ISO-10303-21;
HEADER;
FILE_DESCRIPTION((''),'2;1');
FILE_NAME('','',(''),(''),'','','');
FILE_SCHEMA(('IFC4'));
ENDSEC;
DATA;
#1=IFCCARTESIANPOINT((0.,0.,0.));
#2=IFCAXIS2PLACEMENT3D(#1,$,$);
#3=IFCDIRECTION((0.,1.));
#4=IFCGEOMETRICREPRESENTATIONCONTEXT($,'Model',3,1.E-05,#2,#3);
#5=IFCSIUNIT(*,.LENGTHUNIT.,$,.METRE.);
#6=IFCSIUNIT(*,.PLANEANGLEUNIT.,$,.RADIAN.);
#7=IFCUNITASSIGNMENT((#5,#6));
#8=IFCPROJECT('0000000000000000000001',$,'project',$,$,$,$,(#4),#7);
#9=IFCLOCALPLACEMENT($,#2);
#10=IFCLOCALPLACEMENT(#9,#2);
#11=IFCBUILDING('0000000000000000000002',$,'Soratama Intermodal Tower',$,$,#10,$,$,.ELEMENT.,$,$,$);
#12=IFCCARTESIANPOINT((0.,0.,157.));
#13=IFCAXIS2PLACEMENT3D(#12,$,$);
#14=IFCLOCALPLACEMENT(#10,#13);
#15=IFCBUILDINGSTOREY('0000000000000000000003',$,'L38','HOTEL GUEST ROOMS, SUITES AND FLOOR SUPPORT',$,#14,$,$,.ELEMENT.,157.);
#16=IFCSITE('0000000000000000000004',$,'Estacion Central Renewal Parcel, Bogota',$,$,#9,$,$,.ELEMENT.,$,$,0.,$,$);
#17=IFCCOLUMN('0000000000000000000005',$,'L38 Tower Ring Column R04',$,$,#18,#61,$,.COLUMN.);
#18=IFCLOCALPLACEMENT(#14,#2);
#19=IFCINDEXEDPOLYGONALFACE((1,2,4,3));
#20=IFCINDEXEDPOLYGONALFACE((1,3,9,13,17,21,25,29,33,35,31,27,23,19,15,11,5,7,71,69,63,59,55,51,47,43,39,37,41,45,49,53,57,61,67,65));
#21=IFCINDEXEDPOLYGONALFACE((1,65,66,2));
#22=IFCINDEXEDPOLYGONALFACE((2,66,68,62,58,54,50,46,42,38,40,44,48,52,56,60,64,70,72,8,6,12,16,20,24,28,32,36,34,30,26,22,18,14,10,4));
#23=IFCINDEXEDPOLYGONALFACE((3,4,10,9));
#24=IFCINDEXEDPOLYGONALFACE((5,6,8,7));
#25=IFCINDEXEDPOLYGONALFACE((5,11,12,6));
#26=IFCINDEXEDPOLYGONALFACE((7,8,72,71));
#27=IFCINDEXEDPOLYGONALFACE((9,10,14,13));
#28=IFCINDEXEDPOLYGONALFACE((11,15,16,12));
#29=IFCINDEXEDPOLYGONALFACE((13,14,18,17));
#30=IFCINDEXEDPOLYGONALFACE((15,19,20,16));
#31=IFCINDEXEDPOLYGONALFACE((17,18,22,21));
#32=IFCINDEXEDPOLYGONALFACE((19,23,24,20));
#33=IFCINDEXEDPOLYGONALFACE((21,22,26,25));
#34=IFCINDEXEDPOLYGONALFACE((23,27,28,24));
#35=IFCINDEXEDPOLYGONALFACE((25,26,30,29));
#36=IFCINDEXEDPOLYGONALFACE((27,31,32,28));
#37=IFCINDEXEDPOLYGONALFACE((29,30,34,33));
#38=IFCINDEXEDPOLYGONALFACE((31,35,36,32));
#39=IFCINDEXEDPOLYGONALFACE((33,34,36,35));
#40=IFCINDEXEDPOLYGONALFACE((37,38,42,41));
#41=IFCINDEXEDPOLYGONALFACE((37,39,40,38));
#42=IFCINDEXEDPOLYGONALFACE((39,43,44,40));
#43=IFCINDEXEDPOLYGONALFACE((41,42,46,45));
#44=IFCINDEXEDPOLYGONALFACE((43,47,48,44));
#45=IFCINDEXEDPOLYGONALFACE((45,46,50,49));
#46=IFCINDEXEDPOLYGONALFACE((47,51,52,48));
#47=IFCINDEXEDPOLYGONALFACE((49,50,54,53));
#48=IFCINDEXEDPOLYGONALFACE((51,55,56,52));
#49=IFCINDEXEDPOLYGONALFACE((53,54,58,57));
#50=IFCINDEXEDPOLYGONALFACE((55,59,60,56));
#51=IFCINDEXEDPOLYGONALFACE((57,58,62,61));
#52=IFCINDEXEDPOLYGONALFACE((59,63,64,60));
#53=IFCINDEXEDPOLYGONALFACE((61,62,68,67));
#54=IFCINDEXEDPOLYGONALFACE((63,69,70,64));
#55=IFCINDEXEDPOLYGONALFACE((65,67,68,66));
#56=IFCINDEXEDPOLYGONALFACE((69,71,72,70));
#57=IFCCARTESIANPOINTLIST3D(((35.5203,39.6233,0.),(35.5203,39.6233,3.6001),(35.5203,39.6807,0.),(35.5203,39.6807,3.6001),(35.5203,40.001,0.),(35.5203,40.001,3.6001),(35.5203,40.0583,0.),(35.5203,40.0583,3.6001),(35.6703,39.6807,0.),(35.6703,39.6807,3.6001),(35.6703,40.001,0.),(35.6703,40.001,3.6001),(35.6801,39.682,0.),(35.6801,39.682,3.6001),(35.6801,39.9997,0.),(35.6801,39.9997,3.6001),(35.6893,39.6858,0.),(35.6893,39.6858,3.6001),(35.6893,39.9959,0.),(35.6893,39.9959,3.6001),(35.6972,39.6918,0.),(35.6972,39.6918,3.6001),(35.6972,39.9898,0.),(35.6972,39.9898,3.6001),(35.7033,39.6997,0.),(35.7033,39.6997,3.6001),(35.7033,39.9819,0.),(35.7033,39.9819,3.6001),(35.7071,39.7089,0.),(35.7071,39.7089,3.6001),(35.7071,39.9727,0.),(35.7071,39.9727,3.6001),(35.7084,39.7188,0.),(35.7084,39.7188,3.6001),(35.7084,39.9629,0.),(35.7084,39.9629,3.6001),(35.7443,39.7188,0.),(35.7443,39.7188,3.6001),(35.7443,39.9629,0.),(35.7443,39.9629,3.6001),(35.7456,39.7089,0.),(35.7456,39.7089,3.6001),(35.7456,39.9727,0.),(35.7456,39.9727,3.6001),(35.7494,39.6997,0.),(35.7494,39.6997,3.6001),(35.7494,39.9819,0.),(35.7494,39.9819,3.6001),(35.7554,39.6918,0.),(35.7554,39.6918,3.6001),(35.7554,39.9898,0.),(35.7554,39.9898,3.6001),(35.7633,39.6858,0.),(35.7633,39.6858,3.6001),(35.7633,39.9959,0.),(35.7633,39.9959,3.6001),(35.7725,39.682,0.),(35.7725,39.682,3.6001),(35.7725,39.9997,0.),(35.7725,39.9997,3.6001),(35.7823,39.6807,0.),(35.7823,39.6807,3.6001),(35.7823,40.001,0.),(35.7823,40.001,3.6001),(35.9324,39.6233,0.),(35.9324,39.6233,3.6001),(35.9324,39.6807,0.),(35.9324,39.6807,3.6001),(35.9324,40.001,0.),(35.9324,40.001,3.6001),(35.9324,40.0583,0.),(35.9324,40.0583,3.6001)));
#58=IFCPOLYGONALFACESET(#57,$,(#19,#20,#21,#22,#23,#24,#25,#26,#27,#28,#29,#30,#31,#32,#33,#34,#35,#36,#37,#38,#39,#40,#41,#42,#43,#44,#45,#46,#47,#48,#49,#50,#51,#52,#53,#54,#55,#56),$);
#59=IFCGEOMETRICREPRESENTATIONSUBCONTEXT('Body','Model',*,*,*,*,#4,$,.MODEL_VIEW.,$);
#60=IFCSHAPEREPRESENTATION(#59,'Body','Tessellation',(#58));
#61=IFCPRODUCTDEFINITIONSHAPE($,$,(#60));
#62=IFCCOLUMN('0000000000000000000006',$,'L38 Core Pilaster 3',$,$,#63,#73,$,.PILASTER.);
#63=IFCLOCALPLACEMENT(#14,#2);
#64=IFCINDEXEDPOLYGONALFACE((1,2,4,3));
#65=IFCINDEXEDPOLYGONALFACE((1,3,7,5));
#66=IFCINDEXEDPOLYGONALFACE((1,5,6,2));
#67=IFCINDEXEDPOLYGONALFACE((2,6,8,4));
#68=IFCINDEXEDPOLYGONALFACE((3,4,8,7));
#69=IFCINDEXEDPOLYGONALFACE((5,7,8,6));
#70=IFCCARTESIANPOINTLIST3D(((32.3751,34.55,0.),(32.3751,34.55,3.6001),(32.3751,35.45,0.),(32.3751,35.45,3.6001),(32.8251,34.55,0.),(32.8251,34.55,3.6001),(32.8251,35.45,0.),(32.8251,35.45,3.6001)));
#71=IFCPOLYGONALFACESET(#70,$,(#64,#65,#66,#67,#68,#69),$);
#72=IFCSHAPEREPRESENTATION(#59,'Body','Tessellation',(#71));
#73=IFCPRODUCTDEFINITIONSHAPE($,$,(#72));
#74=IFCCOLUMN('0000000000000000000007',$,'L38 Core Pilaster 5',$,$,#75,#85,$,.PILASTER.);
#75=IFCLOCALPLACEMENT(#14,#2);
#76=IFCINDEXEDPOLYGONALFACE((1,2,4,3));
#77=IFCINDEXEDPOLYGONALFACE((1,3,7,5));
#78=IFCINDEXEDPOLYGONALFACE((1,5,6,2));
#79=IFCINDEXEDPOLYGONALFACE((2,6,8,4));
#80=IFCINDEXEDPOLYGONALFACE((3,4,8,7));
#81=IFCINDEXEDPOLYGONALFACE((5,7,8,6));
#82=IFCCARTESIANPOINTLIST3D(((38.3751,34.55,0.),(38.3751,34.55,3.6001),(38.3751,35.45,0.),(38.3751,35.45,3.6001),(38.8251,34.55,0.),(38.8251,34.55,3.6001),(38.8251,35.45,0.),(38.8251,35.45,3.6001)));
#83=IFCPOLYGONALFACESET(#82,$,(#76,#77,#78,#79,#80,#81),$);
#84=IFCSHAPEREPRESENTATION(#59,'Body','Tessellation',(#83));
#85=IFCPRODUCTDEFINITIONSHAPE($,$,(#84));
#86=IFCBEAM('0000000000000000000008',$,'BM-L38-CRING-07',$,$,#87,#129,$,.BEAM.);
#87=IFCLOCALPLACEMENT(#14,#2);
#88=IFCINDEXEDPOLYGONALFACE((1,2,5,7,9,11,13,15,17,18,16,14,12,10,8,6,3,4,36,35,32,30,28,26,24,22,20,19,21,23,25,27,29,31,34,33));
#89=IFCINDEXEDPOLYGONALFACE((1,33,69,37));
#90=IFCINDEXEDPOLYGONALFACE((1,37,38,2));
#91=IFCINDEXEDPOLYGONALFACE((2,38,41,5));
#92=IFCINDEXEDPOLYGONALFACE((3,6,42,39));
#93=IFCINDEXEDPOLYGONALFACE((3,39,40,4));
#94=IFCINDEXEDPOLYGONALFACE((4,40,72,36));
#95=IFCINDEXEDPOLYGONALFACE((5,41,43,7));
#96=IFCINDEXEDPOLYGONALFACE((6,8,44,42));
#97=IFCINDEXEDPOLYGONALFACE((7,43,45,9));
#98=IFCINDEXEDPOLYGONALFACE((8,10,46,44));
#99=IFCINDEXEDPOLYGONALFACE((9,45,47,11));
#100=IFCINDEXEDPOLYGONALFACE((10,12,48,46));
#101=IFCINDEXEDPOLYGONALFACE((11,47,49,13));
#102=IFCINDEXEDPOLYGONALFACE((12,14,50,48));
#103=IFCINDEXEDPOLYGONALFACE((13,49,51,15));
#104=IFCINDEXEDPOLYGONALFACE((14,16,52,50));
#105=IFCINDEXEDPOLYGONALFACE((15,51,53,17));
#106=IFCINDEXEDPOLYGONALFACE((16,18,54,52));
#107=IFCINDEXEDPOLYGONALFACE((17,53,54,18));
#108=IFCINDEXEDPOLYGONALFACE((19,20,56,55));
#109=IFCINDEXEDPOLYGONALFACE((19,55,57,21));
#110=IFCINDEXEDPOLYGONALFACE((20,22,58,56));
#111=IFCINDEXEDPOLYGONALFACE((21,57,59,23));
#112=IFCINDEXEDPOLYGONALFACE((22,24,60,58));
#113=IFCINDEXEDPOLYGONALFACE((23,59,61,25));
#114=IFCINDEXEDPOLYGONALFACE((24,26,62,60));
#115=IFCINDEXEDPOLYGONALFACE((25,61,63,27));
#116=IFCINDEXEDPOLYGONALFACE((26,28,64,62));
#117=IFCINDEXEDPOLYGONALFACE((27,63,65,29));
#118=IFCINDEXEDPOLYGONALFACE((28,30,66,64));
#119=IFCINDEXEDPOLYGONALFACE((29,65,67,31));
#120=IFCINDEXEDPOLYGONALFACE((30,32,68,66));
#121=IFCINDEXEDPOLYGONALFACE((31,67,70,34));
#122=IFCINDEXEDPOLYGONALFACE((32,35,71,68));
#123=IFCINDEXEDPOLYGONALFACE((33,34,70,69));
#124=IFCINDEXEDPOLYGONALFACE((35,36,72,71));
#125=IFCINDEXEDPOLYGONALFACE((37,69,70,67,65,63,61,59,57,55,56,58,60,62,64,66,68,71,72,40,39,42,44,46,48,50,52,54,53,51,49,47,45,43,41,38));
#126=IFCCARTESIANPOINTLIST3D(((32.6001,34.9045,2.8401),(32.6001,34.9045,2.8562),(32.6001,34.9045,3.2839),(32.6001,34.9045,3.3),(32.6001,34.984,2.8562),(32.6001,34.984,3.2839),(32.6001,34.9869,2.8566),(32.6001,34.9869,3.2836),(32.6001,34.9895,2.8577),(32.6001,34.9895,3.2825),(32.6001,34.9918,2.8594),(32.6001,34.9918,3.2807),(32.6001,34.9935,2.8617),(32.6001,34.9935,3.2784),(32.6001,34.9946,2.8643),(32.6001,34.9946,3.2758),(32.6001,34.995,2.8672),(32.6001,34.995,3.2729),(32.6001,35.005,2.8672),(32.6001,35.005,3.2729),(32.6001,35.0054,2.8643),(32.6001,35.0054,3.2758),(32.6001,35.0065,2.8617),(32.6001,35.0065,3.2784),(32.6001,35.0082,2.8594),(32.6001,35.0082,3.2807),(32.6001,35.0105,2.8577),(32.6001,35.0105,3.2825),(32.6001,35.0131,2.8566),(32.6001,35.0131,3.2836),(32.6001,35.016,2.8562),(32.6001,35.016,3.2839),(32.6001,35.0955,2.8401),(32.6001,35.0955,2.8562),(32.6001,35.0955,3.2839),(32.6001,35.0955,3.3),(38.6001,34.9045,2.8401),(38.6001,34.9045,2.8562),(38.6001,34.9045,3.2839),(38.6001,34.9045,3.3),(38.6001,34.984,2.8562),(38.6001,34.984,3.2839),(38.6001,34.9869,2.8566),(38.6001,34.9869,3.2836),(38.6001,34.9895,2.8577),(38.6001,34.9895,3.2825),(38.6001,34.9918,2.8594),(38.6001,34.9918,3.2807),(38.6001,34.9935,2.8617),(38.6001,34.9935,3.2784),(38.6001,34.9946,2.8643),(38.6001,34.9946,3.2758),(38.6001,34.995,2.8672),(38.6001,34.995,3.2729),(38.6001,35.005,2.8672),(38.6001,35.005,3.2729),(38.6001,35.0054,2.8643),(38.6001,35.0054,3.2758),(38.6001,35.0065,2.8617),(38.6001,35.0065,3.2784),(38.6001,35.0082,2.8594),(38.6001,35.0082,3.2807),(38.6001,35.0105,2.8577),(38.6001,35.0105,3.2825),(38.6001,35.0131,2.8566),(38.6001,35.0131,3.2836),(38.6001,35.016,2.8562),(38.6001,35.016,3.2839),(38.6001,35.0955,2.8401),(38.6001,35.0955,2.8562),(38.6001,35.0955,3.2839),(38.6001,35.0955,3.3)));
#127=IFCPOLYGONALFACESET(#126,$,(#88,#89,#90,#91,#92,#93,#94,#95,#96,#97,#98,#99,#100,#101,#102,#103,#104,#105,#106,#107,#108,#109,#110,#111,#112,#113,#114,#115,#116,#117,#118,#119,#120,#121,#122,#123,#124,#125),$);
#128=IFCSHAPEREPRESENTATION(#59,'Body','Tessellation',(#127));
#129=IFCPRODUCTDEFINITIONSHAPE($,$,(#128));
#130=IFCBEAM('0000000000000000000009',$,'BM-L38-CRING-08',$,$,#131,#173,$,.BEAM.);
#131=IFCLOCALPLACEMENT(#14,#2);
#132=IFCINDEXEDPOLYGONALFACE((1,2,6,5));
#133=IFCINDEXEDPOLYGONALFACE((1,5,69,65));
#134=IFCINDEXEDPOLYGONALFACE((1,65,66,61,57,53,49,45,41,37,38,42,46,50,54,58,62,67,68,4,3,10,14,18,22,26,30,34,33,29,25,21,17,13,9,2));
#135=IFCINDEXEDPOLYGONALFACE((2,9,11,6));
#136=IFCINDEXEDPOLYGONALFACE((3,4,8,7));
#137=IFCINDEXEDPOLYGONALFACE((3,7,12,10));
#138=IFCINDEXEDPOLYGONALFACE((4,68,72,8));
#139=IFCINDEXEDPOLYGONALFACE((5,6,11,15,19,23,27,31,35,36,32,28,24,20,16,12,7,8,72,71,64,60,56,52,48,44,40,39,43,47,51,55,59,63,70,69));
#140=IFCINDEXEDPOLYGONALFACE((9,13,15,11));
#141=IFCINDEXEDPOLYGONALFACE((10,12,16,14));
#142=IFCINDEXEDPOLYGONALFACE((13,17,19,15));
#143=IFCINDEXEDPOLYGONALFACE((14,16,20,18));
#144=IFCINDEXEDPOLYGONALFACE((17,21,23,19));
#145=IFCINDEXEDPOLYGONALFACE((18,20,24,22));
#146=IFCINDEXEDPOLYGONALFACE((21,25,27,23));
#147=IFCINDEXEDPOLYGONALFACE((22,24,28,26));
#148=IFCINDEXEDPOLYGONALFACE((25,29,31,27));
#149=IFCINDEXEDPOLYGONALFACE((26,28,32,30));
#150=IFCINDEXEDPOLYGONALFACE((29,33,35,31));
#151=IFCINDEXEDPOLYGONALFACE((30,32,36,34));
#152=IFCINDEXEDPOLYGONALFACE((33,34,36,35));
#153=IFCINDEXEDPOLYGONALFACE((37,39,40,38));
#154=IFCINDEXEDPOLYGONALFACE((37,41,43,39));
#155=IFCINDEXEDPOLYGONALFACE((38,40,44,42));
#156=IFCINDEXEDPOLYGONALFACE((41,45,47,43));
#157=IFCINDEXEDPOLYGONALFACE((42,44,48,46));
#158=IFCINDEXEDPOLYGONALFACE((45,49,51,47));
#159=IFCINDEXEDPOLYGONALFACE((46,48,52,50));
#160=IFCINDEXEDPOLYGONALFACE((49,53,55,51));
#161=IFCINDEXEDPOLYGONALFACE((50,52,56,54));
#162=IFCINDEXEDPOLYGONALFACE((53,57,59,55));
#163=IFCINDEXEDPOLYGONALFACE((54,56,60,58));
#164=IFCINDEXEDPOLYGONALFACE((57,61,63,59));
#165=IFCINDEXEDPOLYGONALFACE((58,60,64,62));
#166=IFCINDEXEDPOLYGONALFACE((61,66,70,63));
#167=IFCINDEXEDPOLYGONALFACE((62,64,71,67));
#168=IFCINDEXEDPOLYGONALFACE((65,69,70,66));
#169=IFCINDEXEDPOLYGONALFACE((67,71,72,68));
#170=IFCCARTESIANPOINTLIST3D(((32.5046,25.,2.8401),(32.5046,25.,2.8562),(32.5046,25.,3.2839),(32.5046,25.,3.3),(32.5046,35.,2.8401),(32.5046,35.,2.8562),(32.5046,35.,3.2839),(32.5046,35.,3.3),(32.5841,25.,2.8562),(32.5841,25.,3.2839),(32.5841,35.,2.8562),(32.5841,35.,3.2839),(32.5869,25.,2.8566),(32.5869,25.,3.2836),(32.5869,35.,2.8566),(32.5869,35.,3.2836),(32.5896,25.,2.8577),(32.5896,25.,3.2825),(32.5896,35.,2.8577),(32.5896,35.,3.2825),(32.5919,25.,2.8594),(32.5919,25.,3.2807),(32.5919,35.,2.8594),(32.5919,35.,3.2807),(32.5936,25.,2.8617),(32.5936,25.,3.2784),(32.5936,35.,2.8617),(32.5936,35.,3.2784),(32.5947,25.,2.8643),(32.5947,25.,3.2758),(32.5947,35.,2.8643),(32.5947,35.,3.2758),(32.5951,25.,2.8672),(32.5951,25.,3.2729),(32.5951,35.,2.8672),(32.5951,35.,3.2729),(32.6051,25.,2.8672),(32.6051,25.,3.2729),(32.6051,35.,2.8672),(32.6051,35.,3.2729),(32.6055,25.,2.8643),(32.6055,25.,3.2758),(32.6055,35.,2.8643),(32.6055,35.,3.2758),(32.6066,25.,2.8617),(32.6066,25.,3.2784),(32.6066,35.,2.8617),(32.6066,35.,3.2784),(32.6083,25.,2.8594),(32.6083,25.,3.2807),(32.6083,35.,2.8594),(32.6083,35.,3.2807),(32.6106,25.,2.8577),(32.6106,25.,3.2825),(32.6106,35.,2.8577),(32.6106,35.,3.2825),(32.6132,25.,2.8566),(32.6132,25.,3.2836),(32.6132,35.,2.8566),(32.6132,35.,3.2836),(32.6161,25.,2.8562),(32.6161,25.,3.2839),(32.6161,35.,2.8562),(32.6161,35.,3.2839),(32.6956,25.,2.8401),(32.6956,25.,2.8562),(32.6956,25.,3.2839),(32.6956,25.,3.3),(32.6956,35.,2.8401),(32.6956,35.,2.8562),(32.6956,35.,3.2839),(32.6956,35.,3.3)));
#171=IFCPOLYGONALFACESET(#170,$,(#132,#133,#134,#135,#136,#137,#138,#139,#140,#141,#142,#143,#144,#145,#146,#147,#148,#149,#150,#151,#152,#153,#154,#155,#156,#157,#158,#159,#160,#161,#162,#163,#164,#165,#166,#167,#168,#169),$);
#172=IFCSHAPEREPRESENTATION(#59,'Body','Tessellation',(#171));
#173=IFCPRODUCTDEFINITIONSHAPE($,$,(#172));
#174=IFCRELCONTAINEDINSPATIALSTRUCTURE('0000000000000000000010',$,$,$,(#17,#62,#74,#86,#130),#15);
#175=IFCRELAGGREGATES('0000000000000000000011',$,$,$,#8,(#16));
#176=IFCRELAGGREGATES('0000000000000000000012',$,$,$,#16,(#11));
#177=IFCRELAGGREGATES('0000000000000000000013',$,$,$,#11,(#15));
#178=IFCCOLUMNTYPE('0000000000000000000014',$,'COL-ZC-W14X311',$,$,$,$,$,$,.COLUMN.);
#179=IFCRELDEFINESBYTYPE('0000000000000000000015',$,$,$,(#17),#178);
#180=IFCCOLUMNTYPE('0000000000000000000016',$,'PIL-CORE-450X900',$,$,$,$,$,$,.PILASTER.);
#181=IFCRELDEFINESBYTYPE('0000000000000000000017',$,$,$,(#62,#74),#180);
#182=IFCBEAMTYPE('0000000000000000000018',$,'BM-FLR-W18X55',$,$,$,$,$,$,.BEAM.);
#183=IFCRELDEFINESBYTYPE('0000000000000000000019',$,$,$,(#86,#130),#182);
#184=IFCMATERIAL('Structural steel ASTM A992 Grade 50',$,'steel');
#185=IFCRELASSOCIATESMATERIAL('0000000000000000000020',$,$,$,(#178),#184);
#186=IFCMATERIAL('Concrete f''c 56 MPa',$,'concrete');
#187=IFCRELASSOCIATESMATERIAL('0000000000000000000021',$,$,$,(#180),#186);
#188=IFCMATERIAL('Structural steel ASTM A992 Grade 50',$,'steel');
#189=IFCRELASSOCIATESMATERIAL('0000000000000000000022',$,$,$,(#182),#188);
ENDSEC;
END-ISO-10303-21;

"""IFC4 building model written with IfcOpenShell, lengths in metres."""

from ifc_helpers import new_model, si_unit, direction, frame, origin, origin_2d, place, context, subcontext, project, spatial, rectangle, i_section, extrude, material, material_profile, profile_set, type_object, element, save


model = new_model("IFC4")

# Units and contexts
model_context = context("Model", 3, precision=1e-05, world=origin(), true_north=direction((0.0, 1.0)))
body_context = subcontext(model_context, "Body", "Model", "MODEL_VIEW")
ifc_project = project(units=[si_unit("LENGTHUNIT", "METRE"), si_unit("PLANEANGLEUNIT", "RADIAN")], contexts=[model_context])

# Site, building, storey
site_placement = place(None, origin())
site = spatial("IfcSite", under=ifc_project, at=site_placement, Name="Estacion Central Renewal Parcel, Bogota", CompositionType="ELEMENT", RefElevation=0.0)
building_placement = place(site_placement, origin())
building = spatial("IfcBuilding", under=site, at=building_placement, Name="Soratama Intermodal Tower", CompositionType="ELEMENT")
storey_placement = place(building_placement, frame((0.0, 0.0, 157.0)))
storey = spatial("IfcBuildingStorey", under=building, at=storey_placement, Name="L38", Description="HOTEL GUEST ROOMS, SUITES AND FLOOR SUPPORT", CompositionType="ELEMENT", Elevation=157.0)

# Columns
ifc_material_1 = material(Name="Structural steel ASTM A992 Grade 50", Category="steel")
ifc_material_profile_1 = material_profile(ifc_material_1, i_section(OverallWidth=0.4121, OverallDepth=0.4351, WebThickness=0.0359, FlangeThickness=0.0574, FilletRadius=0.0381, at=origin_2d()), Name="W14X311")
ifc_profile_set_1 = profile_set([ifc_material_profile_1], Name="Structural steel ASTM A992 Grade 50")
column_type_1 = type_object("IfcColumnType", Name="COL-ZC-W14X311", PredefinedType="COLUMN", material=ifc_profile_set_1)
column_placement = place(storey_placement, frame((35.7263, 39.8408, 0.0), z_axis=(0.0, 0.0, 1.0), x_axis=(1.0, 0.0, 0.0)))
element("IfcColumn", 1, at=column_placement, inside=storey, type_object=column_type_1, Name="L38 Tower Ring Column R04", PredefinedType="COLUMN", context=body_context, shape_type="SweptSolid", body=[
    extrude(i_section(OverallWidth=0.4121, OverallDepth=0.4351, WebThickness=0.0359, FlangeThickness=0.0574, FilletRadius=0.0381, at=origin_2d()), origin(), (0.0, 0.0, 1.0), 3.6001),
])
ifc_material_2 = material(Name="Concrete f'c 56 MPa", Category="concrete")
ifc_material_profile_2 = material_profile(ifc_material_2, rectangle(XDim=0.45, YDim=0.8999, at=origin_2d()), Name="RC450X900")
ifc_profile_set_2 = profile_set([ifc_material_profile_2], Name="Concrete f'c 56 MPa")
column_type_2 = type_object("IfcColumnType", Name="PIL-CORE-450X900", PredefinedType="PILASTER", material=ifc_profile_set_2)
for number, where, z_axis, x_axis, name in (
    (2, (32.6001, 35.0, 0.0), (0.0, 0.0, 1.0), (1.0, 0.0, 0.0), "L38 Core Pilaster 3"),
    (3, (38.6001, 35.0, 0.0), (0.0, 0.0, 1.0), (1.0, 0.0, 0.0), "L38 Core Pilaster 5"),
):
    element("IfcColumn", number, at=place(storey_placement, frame(where, z_axis=z_axis, x_axis=x_axis)), inside=storey, type_object=column_type_2, Name=name, PredefinedType="PILASTER", context=body_context, shape_type="SweptSolid", body=[
        extrude(rectangle(XDim=0.45, YDim=0.8999, at=origin_2d()), origin(), (0.0, 0.0, 1.0), 3.6001),
    ])

# Beams
ifc_material_3 = material(Name="Structural steel ASTM A992 Grade 50", Category="steel")
ifc_material_profile_3 = material_profile(ifc_material_3, i_section(OverallWidth=0.1909, OverallDepth=0.46, WebThickness=0.01, FlangeThickness=0.0161, FilletRadius=0.011, at=origin_2d()), Name="W18X55")
ifc_profile_set_3 = profile_set([ifc_material_profile_3], Name="Structural steel ASTM A992 Grade 50")
beam_type_1 = type_object("IfcBeamType", Name="BM-FLR-W18X55", PredefinedType="BEAM", material=ifc_profile_set_3)
beam_1_placement = place(storey_placement, frame((38.6001, 35.0, 3.0701), z_axis=(-1.0, 0.0, 0.0), x_axis=(0.0, -1.0, 0.0)))
element("IfcBeam", 4, at=beam_1_placement, inside=storey, type_object=beam_type_1, Name="BM-L38-CRING-07", PredefinedType="BEAM", context=body_context, shape_type="SweptSolid", body=[
    extrude(i_section(OverallWidth=0.1909, OverallDepth=0.46, WebThickness=0.01, FlangeThickness=0.0161, FilletRadius=0.011, at=origin_2d()), origin(), (0.0, 0.0, 1.0), 6.0),
])
beam_2_placement = place(storey_placement, frame((32.6001, 35.0, 3.0701), z_axis=(0.0, -1.0, 0.0), x_axis=(1.0, 0.0, 0.0)))
element("IfcBeam", 5, at=beam_2_placement, inside=storey, type_object=beam_type_1, Name="BM-L38-CRING-08", PredefinedType="BEAM", context=body_context, shape_type="SweptSolid", body=[
    extrude(i_section(OverallWidth=0.1909, OverallDepth=0.46, WebThickness=0.01, FlangeThickness=0.0161, FilletRadius=0.011, at=origin_2d()), origin(), (0.0, 0.0, 1.0), 10.0),
])

save(model, "model.ifc")
